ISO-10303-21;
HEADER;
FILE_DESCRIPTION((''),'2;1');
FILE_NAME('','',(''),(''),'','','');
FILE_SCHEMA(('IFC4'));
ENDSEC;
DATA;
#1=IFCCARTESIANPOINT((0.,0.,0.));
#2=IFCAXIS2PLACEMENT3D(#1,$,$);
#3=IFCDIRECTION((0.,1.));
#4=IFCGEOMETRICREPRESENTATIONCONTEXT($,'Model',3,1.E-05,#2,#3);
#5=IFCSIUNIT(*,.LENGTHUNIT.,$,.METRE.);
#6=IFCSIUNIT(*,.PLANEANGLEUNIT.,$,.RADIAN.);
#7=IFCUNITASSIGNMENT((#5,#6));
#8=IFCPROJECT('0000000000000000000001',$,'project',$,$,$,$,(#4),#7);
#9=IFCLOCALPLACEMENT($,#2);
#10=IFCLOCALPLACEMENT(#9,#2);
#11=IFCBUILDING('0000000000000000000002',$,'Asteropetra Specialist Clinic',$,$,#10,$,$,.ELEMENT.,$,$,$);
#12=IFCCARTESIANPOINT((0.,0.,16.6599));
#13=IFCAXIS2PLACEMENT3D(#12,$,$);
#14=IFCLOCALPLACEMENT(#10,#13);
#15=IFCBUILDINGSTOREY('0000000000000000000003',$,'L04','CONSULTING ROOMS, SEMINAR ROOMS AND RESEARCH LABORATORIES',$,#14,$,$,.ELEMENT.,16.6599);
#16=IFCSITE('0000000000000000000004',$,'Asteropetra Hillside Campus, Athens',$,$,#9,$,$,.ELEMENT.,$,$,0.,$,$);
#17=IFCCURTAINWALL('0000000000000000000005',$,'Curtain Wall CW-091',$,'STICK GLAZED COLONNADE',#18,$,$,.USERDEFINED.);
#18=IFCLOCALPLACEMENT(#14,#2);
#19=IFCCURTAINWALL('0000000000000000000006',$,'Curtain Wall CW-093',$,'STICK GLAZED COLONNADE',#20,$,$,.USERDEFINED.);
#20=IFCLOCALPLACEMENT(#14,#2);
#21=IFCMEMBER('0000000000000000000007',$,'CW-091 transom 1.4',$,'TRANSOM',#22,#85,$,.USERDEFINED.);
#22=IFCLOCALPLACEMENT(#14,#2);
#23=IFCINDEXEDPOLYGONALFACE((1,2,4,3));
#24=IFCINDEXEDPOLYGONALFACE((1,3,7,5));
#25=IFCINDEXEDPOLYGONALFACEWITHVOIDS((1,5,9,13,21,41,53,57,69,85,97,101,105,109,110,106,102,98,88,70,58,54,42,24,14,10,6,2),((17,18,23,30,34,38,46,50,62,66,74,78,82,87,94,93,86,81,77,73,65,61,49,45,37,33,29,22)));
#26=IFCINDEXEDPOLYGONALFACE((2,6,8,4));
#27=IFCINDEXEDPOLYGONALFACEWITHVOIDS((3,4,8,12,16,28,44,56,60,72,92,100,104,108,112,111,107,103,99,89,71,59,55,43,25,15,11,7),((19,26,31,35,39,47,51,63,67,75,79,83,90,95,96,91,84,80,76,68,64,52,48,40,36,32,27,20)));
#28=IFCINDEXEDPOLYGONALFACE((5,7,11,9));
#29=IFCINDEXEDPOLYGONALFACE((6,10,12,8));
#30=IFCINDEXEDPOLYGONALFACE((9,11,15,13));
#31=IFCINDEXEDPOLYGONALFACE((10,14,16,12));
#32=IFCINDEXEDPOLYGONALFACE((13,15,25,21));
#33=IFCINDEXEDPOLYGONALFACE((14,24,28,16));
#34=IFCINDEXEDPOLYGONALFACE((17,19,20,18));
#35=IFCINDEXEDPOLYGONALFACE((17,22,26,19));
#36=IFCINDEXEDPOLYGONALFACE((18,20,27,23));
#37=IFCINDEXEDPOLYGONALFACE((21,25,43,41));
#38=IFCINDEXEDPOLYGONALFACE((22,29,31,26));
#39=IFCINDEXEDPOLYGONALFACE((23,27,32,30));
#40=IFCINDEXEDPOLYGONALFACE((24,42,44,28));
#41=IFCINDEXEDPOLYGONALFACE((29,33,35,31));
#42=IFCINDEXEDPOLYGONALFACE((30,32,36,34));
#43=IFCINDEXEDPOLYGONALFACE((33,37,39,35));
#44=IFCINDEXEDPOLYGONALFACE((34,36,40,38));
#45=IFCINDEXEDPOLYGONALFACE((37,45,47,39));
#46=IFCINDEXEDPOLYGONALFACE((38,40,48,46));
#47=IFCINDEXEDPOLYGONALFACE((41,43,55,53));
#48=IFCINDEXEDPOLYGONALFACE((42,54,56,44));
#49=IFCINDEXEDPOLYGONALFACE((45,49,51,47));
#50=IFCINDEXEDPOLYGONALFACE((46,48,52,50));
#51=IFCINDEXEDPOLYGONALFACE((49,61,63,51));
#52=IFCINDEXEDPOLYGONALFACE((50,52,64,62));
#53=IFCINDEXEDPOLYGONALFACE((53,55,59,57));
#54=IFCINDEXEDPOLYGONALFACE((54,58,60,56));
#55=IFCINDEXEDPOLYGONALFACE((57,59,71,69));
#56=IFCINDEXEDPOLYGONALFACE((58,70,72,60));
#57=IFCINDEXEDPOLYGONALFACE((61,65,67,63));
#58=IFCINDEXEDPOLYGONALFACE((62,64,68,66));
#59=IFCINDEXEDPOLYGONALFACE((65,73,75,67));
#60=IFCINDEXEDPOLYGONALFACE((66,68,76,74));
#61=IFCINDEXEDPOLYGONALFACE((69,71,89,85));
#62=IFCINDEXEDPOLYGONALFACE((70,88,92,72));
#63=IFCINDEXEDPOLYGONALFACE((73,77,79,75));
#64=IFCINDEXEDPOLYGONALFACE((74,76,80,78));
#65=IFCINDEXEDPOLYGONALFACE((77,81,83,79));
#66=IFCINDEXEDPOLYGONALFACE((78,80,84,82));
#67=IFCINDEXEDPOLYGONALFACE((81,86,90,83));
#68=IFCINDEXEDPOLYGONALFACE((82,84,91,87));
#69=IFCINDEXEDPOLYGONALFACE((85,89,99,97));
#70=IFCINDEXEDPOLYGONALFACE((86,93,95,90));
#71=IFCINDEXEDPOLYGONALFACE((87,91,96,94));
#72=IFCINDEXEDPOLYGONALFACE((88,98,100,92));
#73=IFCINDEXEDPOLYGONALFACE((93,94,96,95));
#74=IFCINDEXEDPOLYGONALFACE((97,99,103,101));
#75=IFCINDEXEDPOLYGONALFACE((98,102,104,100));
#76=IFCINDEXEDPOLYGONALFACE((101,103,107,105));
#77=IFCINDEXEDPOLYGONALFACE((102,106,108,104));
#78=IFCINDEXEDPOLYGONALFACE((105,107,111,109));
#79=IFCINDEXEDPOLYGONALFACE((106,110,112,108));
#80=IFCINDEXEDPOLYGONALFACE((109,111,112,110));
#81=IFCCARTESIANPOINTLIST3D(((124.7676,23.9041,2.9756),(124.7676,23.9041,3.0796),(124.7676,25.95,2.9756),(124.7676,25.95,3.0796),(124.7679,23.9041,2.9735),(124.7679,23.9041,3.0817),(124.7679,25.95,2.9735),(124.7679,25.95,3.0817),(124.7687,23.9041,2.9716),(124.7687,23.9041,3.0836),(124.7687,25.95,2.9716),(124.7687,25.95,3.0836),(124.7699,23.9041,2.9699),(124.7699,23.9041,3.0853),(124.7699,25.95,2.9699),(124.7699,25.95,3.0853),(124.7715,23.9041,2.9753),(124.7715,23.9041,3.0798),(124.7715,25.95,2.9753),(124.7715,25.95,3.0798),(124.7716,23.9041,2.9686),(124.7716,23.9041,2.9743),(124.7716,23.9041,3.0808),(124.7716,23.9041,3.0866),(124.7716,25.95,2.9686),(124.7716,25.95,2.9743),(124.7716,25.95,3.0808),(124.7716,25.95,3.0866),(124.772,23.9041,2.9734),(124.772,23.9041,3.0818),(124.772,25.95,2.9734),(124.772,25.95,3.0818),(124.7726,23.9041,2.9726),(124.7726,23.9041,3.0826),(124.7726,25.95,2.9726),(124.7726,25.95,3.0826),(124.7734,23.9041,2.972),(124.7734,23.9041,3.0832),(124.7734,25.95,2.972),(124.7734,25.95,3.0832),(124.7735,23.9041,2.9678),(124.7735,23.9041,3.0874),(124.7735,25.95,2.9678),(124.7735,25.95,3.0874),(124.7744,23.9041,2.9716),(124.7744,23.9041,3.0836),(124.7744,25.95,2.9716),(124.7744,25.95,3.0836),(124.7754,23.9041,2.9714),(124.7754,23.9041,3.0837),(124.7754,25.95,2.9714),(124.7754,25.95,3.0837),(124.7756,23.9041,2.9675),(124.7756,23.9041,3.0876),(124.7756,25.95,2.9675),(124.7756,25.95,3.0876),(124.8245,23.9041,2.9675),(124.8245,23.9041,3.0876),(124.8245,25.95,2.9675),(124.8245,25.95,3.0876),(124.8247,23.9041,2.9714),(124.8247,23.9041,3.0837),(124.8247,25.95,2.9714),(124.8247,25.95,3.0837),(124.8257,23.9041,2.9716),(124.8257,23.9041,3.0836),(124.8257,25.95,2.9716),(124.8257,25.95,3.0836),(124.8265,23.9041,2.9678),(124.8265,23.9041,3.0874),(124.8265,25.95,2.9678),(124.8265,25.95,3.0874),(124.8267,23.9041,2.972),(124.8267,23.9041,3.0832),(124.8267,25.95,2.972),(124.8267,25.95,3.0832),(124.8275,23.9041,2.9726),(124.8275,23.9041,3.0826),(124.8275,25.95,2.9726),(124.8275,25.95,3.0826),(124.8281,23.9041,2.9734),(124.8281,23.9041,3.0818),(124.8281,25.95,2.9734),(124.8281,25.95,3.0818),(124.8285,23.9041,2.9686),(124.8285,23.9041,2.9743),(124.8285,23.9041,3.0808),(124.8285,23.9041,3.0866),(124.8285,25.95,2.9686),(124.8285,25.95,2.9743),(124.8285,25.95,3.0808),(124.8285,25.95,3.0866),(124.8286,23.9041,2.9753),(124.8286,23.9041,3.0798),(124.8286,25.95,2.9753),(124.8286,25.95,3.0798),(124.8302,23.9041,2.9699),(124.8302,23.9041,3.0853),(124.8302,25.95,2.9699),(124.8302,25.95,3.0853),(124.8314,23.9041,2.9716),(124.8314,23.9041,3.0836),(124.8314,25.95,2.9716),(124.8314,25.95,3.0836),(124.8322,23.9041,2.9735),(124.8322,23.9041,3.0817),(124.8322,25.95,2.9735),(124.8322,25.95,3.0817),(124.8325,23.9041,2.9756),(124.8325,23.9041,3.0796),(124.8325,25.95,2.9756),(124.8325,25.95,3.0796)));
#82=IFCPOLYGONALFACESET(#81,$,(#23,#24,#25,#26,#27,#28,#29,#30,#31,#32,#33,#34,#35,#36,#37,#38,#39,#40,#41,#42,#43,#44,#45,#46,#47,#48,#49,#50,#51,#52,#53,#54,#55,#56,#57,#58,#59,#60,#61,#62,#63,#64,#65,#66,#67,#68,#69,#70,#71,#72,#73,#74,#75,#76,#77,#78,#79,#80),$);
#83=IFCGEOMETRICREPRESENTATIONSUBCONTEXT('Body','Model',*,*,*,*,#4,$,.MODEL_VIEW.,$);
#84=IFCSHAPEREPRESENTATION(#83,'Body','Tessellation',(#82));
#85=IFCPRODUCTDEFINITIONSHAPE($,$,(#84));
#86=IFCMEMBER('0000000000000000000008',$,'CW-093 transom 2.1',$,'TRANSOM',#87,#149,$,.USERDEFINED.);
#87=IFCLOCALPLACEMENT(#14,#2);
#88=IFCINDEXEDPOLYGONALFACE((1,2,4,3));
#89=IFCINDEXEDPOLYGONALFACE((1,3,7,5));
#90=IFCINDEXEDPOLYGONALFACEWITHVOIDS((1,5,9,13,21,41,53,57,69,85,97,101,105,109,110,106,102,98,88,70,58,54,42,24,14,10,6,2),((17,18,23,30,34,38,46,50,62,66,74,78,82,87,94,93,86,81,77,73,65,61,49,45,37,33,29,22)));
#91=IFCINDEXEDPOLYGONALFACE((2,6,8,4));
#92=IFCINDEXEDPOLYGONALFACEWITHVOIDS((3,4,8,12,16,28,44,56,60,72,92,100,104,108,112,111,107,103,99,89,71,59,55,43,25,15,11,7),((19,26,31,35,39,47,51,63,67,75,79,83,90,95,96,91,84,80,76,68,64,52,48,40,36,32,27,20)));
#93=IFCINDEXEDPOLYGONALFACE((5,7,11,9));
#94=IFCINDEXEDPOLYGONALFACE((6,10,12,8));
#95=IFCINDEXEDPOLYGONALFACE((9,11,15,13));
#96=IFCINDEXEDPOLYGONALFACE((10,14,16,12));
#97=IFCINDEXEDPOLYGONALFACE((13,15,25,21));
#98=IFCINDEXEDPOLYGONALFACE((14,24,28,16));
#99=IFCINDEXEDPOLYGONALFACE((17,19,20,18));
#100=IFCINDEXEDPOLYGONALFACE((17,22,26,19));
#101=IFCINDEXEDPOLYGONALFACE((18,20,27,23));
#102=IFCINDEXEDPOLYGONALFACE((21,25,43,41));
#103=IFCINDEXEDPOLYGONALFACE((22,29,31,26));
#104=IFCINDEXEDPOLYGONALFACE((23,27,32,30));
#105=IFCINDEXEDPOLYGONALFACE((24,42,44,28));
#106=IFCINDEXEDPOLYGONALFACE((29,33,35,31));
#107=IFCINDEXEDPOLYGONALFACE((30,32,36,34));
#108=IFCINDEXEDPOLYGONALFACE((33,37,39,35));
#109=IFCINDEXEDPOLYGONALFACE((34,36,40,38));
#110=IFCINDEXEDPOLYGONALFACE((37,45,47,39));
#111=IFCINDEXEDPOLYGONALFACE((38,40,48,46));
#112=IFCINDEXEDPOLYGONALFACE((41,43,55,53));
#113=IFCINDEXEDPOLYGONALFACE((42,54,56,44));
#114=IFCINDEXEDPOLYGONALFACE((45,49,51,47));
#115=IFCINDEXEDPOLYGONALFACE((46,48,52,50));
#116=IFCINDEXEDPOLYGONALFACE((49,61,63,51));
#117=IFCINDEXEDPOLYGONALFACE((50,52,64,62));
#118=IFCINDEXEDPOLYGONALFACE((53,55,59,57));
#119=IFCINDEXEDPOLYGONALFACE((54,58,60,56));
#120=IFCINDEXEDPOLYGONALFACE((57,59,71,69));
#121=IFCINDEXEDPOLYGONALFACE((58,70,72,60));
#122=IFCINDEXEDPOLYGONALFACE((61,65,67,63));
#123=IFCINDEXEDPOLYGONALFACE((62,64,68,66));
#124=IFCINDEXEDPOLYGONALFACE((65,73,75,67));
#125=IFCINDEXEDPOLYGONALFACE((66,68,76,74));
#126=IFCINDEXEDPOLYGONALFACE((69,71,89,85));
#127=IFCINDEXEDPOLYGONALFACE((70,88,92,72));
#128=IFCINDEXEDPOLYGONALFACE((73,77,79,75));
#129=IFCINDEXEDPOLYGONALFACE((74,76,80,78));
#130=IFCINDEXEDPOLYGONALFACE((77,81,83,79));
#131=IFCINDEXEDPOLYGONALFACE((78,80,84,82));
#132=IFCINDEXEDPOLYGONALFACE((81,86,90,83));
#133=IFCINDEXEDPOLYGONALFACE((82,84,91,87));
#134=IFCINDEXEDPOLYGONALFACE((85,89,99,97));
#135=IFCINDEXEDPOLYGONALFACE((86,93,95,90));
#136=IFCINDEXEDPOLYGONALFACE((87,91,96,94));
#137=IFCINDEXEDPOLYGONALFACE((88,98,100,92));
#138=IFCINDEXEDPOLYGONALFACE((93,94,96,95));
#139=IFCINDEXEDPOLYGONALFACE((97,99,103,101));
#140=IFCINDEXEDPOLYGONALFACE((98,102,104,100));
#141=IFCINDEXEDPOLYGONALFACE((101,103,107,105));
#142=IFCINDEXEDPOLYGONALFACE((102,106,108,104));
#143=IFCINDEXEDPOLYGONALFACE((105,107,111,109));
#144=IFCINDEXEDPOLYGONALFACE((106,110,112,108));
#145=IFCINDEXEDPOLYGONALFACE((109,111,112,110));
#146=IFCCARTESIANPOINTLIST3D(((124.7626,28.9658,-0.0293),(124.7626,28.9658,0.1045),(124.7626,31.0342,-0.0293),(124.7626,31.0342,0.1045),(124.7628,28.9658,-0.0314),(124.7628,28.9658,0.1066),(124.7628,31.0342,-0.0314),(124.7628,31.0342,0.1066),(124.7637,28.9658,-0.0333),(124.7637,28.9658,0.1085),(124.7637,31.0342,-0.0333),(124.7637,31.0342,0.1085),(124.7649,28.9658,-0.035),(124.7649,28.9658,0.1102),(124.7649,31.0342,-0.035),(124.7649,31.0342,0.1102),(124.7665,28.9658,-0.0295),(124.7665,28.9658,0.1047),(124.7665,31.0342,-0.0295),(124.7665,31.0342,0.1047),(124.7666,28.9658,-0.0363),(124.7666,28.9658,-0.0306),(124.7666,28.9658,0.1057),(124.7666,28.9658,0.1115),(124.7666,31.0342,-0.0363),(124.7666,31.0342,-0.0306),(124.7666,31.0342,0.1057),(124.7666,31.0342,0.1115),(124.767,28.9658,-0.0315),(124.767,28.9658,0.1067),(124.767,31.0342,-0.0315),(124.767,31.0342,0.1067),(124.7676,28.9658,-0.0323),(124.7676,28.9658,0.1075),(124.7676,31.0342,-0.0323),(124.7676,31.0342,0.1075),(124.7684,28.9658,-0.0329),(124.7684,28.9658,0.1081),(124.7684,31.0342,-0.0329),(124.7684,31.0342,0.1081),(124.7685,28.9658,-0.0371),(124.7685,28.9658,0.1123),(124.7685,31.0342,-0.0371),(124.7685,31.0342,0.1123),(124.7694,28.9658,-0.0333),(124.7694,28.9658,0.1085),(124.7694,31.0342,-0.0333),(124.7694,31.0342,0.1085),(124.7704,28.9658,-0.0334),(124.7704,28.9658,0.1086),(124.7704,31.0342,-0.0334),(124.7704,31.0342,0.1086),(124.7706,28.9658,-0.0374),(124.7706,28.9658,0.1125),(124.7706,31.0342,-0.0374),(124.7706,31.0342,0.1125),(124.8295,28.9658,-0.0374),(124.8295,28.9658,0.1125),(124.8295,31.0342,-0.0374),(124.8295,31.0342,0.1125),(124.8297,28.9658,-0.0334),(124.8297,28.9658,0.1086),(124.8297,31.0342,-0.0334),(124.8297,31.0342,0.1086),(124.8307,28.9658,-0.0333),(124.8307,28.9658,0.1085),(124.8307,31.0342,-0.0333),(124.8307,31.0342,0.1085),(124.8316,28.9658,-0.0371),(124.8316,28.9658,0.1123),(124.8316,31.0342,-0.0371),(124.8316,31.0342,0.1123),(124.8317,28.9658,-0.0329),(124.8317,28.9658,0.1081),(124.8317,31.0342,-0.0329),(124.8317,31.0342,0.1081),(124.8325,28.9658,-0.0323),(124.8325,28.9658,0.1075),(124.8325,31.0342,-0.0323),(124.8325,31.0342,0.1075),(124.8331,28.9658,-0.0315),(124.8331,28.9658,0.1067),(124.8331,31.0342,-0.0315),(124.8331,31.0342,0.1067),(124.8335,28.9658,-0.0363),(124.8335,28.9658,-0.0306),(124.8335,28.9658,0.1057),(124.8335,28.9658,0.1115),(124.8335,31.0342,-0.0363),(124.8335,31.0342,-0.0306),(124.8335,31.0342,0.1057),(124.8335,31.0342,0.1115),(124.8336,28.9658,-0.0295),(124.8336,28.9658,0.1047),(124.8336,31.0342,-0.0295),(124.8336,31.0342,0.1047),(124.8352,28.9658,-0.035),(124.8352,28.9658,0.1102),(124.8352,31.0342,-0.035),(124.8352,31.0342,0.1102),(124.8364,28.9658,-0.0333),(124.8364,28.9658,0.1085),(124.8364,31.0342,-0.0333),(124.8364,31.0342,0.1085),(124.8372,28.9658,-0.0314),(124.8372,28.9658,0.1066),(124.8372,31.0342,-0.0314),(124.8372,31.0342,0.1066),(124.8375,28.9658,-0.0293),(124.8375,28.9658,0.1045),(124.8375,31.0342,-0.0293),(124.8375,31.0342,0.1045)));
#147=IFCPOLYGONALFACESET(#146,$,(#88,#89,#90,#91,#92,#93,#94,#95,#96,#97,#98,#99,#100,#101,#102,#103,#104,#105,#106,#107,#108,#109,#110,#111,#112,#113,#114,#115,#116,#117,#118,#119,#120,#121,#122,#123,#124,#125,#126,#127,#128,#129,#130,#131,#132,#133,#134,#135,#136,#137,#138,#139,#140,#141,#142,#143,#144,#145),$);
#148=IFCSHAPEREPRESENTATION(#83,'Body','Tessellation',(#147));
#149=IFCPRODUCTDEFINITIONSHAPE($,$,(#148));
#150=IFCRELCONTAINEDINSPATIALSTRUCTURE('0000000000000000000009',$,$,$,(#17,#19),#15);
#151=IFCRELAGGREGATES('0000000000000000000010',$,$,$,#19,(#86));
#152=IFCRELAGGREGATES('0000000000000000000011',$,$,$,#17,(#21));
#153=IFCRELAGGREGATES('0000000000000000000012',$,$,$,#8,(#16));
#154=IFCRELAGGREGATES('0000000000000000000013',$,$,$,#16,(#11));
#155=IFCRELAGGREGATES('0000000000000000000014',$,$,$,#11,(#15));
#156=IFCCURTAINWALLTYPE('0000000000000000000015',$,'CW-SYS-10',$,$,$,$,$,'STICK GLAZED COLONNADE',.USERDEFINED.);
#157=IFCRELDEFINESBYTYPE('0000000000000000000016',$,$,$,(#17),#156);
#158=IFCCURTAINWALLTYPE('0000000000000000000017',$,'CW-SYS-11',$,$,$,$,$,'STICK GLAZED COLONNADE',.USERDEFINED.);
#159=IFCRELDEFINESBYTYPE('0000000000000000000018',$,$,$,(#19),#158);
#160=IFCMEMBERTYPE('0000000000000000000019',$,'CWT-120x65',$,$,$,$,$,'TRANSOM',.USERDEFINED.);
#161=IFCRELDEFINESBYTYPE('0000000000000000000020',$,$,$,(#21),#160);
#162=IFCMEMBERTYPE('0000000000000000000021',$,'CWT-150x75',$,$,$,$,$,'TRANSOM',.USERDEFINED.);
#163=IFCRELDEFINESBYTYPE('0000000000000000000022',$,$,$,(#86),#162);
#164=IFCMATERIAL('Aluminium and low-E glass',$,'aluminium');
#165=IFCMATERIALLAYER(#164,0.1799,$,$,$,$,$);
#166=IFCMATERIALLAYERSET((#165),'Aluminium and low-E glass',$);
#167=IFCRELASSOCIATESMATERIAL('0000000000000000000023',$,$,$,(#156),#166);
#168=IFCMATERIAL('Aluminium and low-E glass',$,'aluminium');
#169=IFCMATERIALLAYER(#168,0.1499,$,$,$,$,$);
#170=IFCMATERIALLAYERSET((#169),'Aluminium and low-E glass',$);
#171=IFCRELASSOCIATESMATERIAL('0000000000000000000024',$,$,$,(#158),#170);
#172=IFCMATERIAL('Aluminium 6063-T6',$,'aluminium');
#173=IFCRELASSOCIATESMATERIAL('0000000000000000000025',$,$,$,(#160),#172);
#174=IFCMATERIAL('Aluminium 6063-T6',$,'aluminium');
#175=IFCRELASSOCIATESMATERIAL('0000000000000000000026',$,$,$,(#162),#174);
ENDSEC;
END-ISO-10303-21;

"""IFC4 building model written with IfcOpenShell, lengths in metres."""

from ifc_helpers import new_model, si_unit, direction, frame, origin, origin_2d, place, context, subcontext, project, spatial, hollow_rectangle, extrude, material, layer, layer_set, material_profile, profile_set, type_object, element, aggregate, save


model = new_model("IFC4")

# Units and contexts
model_context = context("Model", 3, precision=1e-05, world=origin(), true_north=direction((0.0, 1.0)))
body_context = subcontext(model_context, "Body", "Model", "MODEL_VIEW")
ifc_project = project(units=[si_unit("LENGTHUNIT", "METRE"), si_unit("PLANEANGLEUNIT", "RADIAN")], contexts=[model_context])

# Site, building, storey
site_placement = place(None, origin())
site = spatial("IfcSite", under=ifc_project, at=site_placement, Name="Asteropetra Hillside Campus, Athens", CompositionType="ELEMENT", RefElevation=0.0)
building_placement = place(site_placement, origin())
building = spatial("IfcBuilding", under=site, at=building_placement, Name="Asteropetra Specialist Clinic", CompositionType="ELEMENT")
storey_placement = place(building_placement, frame((0.0, 0.0, 16.6599)))
storey = spatial("IfcBuildingStorey", under=building, at=storey_placement, Name="L04", Description="CONSULTING ROOMS, SEMINAR ROOMS AND RESEARCH LABORATORIES", CompositionType="ELEMENT", Elevation=16.6599)

# Curtain wall
ifc_material_1 = material(Name="Aluminium and low-E glass", Category="aluminium")
ifc_layer_1 = layer(ifc_material_1, 0.1799)
ifc_layer_set_1 = layer_set([ifc_layer_1], Name="Aluminium and low-E glass")
curtain_wall_type_1 = type_object("IfcCurtainWallType", Name="CW-SYS-10", ElementType="STICK GLAZED COLONNADE", PredefinedType="USERDEFINED", material=ifc_layer_set_1)
curtain_wall_1_placement = place(storey_placement, origin())
curtain_wall_1 = element("IfcCurtainWall", 1, at=curtain_wall_1_placement, inside=storey, type_object=curtain_wall_type_1, Name="Curtain Wall CW-091", ObjectType="STICK GLAZED COLONNADE", PredefinedType="USERDEFINED")

# Curtain wall
ifc_material_2 = material(Name="Aluminium and low-E glass", Category="aluminium")
ifc_layer_2 = layer(ifc_material_2, 0.1499)
ifc_layer_set_2 = layer_set([ifc_layer_2], Name="Aluminium and low-E glass")
curtain_wall_type_2 = type_object("IfcCurtainWallType", Name="CW-SYS-11", ElementType="STICK GLAZED COLONNADE", PredefinedType="USERDEFINED", material=ifc_layer_set_2)
curtain_wall_2_placement = place(storey_placement, origin())
curtain_wall_2 = element("IfcCurtainWall", 2, at=curtain_wall_2_placement, inside=storey, type_object=curtain_wall_type_2, Name="Curtain Wall CW-093", ObjectType="STICK GLAZED COLONNADE", PredefinedType="USERDEFINED")

# Members
ifc_material_3 = material(Name="Aluminium 6063-T6", Category="aluminium")
ifc_material_profile_1 = material_profile(ifc_material_3, hollow_rectangle(XDim=0.0649, YDim=0.1201, WallThickness=0.0039, InnerFilletRadius=0.0039, OuterFilletRadius=0.0081, at=origin_2d()), Name="TRN 120x65x4.0")
ifc_profile_set_1 = profile_set([ifc_material_profile_1], Name="Aluminium 6063-T6")
member_type_1 = type_object("IfcMemberType", Name="CWT-120x65", ElementType="TRANSOM", PredefinedType="USERDEFINED", material=ifc_profile_set_1)
member_1_placement = place(storey_placement, frame((124.8, 25.95, 3.0276), z_axis=(0.0, -1.0, 0.0), x_axis=(1.0, 0.0, 0.0)))
member_1 = element("IfcMember", 3, at=member_1_placement, type_object=member_type_1, Name="CW-091 transom 1.4", ObjectType="TRANSOM", PredefinedType="USERDEFINED", context=body_context, shape_type="SweptSolid", body=[
    extrude(hollow_rectangle(XDim=0.0649, YDim=0.1201, WallThickness=0.0039, InnerFilletRadius=0.0039, OuterFilletRadius=0.0081, at=origin_2d()), origin(), (0.0, 0.0, 1.0), 2.0459),
])
ifc_material_4 = material(Name="Aluminium 6063-T6", Category="aluminium")
ifc_material_profile_2 = material_profile(ifc_material_4, hollow_rectangle(XDim=0.075, YDim=0.1499, WallThickness=0.0039, InnerFilletRadius=0.0039, OuterFilletRadius=0.0081, at=origin_2d()), Name="TRN 150x75x4.0")
ifc_profile_set_2 = profile_set([ifc_material_profile_2], Name="Aluminium 6063-T6")
member_type_2 = type_object("IfcMemberType", Name="CWT-150x75", ElementType="TRANSOM", PredefinedType="USERDEFINED", material=ifc_profile_set_2)
member_2_placement = place(storey_placement, frame((124.8, 31.0342, 0.0376), z_axis=(0.0, -1.0, 0.0), x_axis=(1.0, 0.0, 0.0)))
member_2 = element("IfcMember", 4, at=member_2_placement, type_object=member_type_2, Name="CW-093 transom 2.1", ObjectType="TRANSOM", PredefinedType="USERDEFINED", context=body_context, shape_type="SweptSolid", body=[
    extrude(hollow_rectangle(XDim=0.075, YDim=0.1499, WallThickness=0.0039, InnerFilletRadius=0.0039, OuterFilletRadius=0.0081, at=origin_2d()), origin(), (0.0, 0.0, 1.0), 2.0684),
])

aggregate(curtain_wall_2, [member_2])
aggregate(curtain_wall_1, [member_1])

save(model, "model.ifc")
